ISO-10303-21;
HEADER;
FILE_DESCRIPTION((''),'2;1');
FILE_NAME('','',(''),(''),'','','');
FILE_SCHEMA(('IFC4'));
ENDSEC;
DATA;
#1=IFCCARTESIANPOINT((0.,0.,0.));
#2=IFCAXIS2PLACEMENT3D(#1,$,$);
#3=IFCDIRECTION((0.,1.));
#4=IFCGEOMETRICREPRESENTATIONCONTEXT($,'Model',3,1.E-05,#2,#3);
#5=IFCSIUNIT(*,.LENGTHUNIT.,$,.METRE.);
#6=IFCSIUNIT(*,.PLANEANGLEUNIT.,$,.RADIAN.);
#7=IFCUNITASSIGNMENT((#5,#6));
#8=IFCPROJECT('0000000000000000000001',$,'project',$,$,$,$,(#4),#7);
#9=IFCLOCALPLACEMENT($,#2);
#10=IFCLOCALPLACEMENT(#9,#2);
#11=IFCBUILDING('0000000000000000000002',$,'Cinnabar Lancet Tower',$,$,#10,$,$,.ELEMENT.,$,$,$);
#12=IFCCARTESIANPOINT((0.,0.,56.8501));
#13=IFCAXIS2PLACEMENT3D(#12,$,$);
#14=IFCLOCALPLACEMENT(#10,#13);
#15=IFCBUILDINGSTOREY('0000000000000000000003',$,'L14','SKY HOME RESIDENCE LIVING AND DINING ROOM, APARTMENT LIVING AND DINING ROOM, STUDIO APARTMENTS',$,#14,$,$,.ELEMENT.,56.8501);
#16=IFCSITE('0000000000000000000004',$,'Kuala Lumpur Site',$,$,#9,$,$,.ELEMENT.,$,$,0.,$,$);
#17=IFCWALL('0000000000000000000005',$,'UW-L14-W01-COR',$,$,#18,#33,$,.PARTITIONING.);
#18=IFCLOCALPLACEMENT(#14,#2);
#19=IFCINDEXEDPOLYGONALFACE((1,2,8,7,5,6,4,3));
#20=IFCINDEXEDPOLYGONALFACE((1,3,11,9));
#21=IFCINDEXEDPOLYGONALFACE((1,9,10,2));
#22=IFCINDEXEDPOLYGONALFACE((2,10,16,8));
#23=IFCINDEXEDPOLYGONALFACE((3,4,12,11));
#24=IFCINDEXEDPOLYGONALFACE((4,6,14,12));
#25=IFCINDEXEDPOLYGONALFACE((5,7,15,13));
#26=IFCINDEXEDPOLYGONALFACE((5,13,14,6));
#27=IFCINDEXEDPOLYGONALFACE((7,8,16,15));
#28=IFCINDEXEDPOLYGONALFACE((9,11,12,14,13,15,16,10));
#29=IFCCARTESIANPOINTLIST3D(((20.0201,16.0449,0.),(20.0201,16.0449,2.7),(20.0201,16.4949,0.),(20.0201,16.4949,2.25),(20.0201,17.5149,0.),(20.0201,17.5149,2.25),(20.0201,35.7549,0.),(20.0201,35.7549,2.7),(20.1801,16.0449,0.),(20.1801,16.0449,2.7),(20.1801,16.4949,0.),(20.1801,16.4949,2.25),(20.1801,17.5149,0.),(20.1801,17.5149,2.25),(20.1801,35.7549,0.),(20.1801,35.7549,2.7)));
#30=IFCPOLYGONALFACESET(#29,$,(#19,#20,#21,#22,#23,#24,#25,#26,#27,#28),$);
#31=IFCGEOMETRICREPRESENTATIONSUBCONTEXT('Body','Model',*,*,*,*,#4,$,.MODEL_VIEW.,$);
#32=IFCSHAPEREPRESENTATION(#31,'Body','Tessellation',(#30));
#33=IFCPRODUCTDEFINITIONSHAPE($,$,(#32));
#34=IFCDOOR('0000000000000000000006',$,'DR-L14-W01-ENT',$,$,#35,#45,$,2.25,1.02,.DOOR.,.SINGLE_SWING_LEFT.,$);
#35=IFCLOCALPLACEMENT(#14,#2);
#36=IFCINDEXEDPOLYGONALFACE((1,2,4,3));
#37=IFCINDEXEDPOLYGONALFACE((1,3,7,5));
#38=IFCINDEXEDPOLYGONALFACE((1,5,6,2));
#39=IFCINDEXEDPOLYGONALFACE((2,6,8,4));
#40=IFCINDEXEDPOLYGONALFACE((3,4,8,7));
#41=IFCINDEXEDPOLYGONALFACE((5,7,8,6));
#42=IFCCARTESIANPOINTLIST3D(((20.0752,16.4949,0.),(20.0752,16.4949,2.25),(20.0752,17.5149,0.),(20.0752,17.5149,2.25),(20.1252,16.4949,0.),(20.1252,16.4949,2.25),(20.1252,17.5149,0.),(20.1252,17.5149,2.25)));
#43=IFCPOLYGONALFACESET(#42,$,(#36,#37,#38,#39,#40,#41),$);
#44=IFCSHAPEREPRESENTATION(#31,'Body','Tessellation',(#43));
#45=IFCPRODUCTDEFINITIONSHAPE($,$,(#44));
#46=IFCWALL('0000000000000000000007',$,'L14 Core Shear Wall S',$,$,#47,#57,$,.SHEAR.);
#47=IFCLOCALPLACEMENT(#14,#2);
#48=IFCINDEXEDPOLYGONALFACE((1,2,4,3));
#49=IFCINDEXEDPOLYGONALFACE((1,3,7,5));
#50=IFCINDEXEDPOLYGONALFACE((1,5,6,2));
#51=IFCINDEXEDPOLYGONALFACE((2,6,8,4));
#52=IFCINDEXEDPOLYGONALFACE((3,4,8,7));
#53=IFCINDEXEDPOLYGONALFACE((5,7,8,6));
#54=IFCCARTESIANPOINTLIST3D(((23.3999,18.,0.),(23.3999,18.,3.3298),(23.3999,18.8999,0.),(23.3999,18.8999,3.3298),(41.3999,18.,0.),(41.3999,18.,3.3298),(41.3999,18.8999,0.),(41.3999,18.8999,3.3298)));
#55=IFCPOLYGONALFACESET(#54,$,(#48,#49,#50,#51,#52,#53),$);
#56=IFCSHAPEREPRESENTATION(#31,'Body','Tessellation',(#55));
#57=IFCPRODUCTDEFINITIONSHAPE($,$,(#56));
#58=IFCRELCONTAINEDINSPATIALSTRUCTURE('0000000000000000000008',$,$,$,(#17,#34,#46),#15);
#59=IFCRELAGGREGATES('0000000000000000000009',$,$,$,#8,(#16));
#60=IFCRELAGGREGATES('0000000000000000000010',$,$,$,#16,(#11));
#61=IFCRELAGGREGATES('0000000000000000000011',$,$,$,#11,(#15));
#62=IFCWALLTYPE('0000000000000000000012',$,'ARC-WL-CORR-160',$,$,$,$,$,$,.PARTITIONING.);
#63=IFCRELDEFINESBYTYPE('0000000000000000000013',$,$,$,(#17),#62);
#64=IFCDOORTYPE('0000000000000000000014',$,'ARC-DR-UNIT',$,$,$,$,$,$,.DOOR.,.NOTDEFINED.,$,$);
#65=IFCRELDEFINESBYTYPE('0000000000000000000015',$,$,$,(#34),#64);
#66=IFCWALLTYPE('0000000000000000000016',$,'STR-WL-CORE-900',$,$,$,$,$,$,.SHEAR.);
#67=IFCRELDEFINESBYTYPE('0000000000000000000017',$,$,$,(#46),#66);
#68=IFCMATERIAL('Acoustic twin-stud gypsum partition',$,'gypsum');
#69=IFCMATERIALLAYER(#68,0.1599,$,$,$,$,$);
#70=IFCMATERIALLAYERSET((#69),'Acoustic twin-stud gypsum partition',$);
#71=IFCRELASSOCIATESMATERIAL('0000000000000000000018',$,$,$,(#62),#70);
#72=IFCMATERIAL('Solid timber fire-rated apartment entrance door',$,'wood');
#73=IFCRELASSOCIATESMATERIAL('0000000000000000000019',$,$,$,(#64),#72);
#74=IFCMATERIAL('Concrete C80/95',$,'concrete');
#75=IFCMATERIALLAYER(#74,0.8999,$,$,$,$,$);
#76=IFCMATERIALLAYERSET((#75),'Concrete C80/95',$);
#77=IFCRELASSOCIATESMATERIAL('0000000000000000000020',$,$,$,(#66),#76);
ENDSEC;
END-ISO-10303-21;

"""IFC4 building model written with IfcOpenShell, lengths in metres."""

from ifc_helpers import new_model, si_unit, direction, frame, frame_2d, origin, place, context, subcontext, project, spatial, rectangle, extrude, material, layer, layer_set, type_object, element, fill, save


model = new_model("IFC4")

# Units and contexts
model_context = context("Model", 3, precision=1e-05, world=origin(), true_north=direction((0.0, 1.0)))
body_context = subcontext(model_context, "Body", "Model", "MODEL_VIEW")
ifc_project = project(units=[si_unit("LENGTHUNIT", "METRE"), si_unit("PLANEANGLEUNIT", "RADIAN")], contexts=[model_context])

# Site, building, storey
site_placement = place(None, origin())
site = spatial("IfcSite", under=ifc_project, at=site_placement, Name="Kuala Lumpur Site", CompositionType="ELEMENT", RefElevation=0.0)
building_placement = place(site_placement, origin())
building = spatial("IfcBuilding", under=site, at=building_placement, Name="Cinnabar Lancet Tower", CompositionType="ELEMENT")
storey_placement = place(building_placement, frame((0.0, 0.0, 56.8501)))
storey = spatial("IfcBuildingStorey", under=building, at=storey_placement, Name="L14", Description="SKY HOME RESIDENCE LIVING AND DINING ROOM, APARTMENT LIVING AND DINING ROOM, STUDIO APARTMENTS", CompositionType="ELEMENT", Elevation=56.8501)

# Wall, opening, door
ifc_material_1 = material(Name="Acoustic twin-stud gypsum partition", Category="gypsum")
ifc_layer_1 = layer(ifc_material_1, 0.1599)
ifc_layer_set_1 = layer_set([ifc_layer_1], Name="Acoustic twin-stud gypsum partition")
wall_type_1 = type_object("IfcWallType", Name="ARC-WL-CORR-160", PredefinedType="PARTITIONING", material=ifc_layer_set_1)
wall_1_placement = place(storey_placement, frame((20.1001, 16.0449, 0.0), z_axis=(0.0, 0.0, 1.0), x_axis=(0.0, 1.0, 0.0)))
wall_1 = element("IfcWall", 1, at=wall_1_placement, inside=storey, type_object=wall_type_1, Name="UW-L14-W01-COR", PredefinedType="PARTITIONING", context=body_context, shape_type="SweptSolid", body=[
    extrude(rectangle(XDim=19.71, YDim=0.1599, at=frame_2d((9.855, 0.0))), origin(), (0.0, 0.0, 1.0), 2.7),
])
opening_1_placement = place(wall_1_placement, frame((0.45, 0.0, 0.0)))
opening_1 = element("IfcOpeningElement", 2, at=opening_1_placement, cuts=wall_1, PredefinedType="OPENING", context=body_context, shape_type="SweptSolid", body=[
    extrude(rectangle(XDim=1.02, YDim=2.25, at=frame_2d((0.51, 1.125))), frame((0.0, 0.0898, 0.0), z_axis=(0.0, -1.0, 0.0), x_axis=(1.0, 0.0, 0.0)), (0.0, 0.0, 1.0), 0.1799),
])
ifc_material_2 = material(Name="Solid timber fire-rated apartment entrance door", Category="wood")
door_type_1 = type_object("IfcDoorType", Name="ARC-DR-UNIT", OperationType="NOTDEFINED", PredefinedType="DOOR", material=ifc_material_2)
door_1_placement = place(opening_1_placement, origin())
door_1 = element("IfcDoor", 3, at=door_1_placement, inside=storey, type_object=door_type_1, Name="DR-L14-W01-ENT", OperationType="SINGLE_SWING_LEFT", OverallHeight=2.25, OverallWidth=1.02, PredefinedType="DOOR", context=body_context, shape_type="SweptSolid", body=[
    extrude(rectangle(XDim=1.02, YDim=2.25, at=frame_2d((0.51, 1.125))), frame((0.0, 0.0249, 0.0), z_axis=(0.0, -1.0, 0.0), x_axis=(1.0, 0.0, 0.0)), (0.0, 0.0, 1.0), 0.05),
])
fill(opening_1, door_1)

# Wall
ifc_material_3 = material(Name="Concrete C80/95", Category="concrete")
ifc_layer_2 = layer(ifc_material_3, 0.8999)
ifc_layer_set_2 = layer_set([ifc_layer_2], Name="Concrete C80/95")
wall_type_2 = type_object("IfcWallType", Name="STR-WL-CORE-900", PredefinedType="SHEAR", material=ifc_layer_set_2)
wall_2_placement = place(storey_placement, frame((23.3999, 18.45, 0.0), z_axis=(0.0, 0.0, 1.0), x_axis=(1.0, 0.0, 0.0)))
element("IfcWall", 4, at=wall_2_placement, inside=storey, type_object=wall_type_2, Name="L14 Core Shear Wall S", PredefinedType="SHEAR", context=body_context, shape_type="SweptSolid", body=[
    extrude(rectangle(XDim=18.0, YDim=0.8999, at=frame_2d((9.0, 0.0))), origin(), (0.0, 0.0, 1.0), 3.3298),
])

save(model, "model.ifc")
